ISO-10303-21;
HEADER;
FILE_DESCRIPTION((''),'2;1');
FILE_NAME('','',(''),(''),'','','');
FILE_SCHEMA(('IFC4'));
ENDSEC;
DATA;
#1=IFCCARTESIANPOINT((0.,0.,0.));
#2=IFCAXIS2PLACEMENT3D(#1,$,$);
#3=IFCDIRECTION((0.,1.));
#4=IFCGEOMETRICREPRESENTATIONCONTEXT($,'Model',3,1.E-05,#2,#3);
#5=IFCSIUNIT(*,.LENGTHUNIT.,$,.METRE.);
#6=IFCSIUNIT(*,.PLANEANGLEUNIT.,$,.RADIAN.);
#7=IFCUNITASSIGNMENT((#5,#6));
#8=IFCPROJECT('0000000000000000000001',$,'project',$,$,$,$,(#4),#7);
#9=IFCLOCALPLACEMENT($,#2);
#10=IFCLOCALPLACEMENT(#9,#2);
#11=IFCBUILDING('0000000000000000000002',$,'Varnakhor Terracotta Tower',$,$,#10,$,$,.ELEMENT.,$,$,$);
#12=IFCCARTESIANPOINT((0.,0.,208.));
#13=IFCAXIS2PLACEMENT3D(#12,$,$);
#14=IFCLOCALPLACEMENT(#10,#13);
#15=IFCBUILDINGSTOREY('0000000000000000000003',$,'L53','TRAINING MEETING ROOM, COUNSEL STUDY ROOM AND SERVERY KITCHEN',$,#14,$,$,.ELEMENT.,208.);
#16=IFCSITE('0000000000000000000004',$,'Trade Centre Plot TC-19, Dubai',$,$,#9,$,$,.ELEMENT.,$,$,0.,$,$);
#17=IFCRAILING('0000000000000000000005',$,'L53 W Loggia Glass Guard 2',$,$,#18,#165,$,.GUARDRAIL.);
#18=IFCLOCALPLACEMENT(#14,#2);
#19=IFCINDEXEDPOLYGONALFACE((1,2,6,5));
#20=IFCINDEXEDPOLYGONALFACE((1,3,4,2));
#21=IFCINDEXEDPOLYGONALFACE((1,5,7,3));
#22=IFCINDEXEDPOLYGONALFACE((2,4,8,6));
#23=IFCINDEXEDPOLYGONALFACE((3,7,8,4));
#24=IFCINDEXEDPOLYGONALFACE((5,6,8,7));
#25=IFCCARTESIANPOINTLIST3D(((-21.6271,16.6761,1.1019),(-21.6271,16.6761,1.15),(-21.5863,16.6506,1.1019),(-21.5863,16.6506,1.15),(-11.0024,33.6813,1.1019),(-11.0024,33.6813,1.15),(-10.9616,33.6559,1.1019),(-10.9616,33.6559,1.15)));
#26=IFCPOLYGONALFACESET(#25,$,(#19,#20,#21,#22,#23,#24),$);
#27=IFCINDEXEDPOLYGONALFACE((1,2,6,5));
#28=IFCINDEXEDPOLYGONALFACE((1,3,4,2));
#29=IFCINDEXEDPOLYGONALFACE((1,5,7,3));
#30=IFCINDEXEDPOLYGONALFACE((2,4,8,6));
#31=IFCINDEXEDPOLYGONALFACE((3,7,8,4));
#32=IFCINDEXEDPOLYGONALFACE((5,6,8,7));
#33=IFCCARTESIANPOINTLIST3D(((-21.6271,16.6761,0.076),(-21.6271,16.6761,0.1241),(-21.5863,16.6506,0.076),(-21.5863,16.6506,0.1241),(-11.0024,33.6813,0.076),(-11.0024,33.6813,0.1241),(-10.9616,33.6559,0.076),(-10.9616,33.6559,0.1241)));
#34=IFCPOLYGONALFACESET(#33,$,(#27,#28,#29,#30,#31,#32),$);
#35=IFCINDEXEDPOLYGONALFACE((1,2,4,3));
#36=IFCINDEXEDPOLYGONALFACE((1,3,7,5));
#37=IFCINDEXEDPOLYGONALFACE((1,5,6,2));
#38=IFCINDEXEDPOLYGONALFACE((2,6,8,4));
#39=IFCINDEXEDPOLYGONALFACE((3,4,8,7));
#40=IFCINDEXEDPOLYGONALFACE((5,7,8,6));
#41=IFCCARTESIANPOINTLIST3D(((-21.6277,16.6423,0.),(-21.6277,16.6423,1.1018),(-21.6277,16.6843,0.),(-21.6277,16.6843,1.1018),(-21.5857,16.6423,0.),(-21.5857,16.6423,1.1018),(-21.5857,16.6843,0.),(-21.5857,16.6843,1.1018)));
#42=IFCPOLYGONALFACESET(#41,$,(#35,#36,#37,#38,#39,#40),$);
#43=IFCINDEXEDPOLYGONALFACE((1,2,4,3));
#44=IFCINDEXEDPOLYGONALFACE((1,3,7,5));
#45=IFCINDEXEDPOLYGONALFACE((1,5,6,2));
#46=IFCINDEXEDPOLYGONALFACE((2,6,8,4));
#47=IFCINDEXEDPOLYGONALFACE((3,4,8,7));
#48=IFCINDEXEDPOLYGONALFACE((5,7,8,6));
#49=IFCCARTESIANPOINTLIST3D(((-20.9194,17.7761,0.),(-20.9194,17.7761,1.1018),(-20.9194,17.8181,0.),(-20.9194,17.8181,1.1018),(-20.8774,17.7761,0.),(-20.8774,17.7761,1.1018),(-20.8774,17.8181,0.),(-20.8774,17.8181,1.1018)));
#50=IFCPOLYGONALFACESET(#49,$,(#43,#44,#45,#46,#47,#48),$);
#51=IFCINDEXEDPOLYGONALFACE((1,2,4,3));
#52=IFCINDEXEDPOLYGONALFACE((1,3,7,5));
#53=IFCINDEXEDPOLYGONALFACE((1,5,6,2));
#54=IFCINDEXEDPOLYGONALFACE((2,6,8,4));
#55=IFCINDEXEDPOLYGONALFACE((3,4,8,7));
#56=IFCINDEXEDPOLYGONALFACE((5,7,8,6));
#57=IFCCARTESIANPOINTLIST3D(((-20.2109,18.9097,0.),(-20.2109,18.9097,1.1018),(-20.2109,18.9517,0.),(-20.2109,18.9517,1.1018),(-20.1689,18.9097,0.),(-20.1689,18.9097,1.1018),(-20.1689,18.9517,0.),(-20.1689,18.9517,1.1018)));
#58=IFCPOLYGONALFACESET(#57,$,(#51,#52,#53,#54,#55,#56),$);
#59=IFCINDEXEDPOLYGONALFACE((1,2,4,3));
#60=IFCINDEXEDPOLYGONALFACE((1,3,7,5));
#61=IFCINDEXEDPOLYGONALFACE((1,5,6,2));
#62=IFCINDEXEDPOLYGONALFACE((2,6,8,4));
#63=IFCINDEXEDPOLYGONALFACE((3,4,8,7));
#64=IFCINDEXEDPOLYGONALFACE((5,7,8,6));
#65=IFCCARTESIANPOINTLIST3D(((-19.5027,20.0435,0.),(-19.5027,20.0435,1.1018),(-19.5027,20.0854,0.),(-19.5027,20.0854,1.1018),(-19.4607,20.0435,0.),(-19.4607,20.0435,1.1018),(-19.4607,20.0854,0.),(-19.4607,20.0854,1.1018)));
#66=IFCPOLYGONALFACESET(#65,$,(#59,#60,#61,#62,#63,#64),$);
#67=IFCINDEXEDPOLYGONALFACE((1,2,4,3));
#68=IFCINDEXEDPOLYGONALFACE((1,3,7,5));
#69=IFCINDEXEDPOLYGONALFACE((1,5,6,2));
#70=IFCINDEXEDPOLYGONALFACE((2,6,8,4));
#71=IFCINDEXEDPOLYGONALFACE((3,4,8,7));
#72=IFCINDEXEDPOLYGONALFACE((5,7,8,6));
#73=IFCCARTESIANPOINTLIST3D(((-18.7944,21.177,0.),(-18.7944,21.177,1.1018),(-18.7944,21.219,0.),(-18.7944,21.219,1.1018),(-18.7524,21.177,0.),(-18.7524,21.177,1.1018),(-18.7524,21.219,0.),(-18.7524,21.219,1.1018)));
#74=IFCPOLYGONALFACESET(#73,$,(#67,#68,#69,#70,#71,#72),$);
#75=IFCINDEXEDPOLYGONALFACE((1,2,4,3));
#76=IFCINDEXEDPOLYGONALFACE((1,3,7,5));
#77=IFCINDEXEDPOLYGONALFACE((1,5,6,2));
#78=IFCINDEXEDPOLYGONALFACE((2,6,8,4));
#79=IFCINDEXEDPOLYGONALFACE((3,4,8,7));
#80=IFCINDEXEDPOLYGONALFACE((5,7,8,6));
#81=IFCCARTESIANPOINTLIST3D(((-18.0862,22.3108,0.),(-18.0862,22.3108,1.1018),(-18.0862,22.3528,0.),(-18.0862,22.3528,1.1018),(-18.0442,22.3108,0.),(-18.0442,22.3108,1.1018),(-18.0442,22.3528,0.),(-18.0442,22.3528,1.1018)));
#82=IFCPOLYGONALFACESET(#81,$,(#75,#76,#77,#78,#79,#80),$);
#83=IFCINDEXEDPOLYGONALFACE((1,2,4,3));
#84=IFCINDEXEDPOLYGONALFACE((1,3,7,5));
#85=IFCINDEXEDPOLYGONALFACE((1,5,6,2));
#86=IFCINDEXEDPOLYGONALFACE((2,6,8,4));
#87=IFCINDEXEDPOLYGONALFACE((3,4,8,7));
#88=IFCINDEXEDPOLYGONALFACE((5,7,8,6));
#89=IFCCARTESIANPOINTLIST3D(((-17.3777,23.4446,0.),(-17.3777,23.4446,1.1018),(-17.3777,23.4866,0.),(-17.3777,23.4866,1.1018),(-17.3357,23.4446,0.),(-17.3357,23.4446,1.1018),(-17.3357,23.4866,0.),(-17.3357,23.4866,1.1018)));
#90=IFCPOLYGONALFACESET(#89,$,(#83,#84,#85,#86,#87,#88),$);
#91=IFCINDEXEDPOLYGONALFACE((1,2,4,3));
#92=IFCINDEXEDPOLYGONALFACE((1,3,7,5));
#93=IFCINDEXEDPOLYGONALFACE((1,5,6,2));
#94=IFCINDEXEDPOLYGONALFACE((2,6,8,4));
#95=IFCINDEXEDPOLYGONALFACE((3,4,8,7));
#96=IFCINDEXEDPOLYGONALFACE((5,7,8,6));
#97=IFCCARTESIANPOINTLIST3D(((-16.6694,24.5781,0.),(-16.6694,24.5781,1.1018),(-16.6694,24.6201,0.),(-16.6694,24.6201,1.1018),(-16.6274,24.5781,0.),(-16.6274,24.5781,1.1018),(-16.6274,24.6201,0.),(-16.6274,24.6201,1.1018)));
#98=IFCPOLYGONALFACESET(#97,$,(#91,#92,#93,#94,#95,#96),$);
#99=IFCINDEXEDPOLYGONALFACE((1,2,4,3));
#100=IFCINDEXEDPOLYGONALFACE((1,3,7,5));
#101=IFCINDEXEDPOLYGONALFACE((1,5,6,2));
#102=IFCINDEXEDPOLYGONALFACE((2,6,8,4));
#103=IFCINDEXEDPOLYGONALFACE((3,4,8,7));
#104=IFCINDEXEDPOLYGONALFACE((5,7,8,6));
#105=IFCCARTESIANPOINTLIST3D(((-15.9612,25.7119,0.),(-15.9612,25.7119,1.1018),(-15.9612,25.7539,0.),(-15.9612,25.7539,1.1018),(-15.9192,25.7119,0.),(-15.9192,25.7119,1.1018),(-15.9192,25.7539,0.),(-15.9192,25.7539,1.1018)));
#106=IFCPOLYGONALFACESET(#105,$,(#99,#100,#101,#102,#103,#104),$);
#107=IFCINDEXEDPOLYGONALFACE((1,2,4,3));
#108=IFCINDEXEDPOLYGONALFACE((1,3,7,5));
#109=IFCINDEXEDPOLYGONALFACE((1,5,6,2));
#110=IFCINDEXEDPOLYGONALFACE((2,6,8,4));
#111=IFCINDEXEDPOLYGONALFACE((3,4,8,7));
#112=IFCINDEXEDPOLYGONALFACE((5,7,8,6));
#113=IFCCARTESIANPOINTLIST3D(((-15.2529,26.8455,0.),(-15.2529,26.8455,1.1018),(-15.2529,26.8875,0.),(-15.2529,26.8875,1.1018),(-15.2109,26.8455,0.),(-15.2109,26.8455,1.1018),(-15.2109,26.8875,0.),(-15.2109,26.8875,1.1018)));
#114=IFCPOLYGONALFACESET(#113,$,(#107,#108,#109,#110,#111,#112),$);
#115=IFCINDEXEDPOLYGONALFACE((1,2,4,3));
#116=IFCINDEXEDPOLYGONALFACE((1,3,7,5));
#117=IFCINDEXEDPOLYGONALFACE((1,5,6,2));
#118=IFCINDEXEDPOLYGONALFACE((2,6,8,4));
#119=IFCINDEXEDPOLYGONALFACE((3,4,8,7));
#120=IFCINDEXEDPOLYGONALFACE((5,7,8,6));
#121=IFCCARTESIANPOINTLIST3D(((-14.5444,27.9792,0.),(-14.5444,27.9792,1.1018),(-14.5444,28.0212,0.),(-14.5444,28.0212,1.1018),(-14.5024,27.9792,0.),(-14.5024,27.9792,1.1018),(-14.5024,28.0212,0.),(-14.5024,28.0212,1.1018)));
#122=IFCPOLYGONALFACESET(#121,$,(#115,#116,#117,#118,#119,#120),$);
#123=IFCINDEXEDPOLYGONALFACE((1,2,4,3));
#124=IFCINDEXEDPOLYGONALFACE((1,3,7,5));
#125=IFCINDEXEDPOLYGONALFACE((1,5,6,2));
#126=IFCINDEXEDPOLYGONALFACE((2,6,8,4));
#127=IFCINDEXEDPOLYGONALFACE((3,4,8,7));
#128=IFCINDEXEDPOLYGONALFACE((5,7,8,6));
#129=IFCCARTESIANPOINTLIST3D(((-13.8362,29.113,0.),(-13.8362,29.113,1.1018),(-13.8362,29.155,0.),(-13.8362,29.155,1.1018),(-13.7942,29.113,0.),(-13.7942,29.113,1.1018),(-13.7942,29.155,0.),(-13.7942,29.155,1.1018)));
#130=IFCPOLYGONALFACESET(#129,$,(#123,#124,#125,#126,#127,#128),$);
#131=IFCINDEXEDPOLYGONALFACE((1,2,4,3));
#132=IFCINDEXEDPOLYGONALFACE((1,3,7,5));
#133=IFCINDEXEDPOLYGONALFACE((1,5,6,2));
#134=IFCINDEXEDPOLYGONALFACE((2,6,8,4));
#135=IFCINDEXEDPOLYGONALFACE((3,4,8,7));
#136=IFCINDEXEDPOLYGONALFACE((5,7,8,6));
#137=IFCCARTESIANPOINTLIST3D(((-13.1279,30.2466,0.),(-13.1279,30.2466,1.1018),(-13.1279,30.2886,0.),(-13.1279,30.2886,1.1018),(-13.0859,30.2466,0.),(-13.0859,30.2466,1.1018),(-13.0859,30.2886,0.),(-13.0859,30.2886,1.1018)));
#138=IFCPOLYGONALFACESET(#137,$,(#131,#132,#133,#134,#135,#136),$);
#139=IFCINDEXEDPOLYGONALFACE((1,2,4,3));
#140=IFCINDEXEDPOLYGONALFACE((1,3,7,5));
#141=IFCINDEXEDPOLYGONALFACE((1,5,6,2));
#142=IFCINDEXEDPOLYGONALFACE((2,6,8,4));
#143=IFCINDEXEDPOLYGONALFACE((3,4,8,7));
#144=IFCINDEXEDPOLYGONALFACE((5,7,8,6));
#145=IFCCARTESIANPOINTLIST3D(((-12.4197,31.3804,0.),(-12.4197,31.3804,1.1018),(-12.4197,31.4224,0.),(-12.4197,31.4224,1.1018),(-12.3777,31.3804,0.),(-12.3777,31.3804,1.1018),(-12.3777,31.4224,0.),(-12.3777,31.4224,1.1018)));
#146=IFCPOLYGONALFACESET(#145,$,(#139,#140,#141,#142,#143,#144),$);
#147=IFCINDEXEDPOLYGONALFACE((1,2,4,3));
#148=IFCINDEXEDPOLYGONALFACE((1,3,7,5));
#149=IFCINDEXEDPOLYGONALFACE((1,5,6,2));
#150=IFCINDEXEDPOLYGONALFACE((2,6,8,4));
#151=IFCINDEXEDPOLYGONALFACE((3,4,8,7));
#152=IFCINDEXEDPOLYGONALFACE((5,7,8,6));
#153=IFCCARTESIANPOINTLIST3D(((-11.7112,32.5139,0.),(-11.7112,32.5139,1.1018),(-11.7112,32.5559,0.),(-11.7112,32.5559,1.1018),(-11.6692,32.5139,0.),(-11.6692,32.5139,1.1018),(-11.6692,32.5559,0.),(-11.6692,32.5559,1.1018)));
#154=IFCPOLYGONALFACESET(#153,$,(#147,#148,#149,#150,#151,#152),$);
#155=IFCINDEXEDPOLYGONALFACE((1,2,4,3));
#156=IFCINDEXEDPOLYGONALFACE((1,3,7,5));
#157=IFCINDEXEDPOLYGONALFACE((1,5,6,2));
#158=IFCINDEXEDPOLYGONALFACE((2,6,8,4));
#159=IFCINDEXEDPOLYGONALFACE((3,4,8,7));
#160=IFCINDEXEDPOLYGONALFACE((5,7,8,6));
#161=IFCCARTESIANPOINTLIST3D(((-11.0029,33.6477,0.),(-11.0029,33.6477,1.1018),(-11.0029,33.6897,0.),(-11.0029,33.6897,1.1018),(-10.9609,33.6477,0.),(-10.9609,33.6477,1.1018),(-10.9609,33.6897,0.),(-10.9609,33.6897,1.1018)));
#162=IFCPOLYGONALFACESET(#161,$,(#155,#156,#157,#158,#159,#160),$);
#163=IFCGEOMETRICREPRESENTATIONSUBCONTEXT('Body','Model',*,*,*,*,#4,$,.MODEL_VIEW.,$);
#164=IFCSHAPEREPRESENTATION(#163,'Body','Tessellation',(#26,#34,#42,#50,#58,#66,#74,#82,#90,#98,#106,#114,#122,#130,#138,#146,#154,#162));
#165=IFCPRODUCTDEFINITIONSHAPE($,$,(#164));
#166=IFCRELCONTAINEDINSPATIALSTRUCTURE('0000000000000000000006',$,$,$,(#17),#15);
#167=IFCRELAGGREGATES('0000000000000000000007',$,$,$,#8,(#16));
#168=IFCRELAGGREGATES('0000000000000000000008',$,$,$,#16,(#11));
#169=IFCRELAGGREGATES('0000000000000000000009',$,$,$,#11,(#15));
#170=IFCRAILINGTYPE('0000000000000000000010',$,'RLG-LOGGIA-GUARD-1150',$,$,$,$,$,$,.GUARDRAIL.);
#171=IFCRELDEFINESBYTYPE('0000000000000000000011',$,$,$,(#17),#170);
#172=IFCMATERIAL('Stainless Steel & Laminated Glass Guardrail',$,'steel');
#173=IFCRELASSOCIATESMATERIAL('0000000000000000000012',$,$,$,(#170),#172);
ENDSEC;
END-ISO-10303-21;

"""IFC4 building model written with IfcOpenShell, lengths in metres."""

from ifc_helpers import new_model, si_unit, direction, frame, origin, origin_2d, place, context, subcontext, project, spatial, rectangle, extrude, material, type_object, element, save


model = new_model("IFC4")

# Units and contexts
model_context = context("Model", 3, precision=1e-05, world=origin(), true_north=direction((0.0, 1.0)))
body_context = subcontext(model_context, "Body", "Model", "MODEL_VIEW")
ifc_project = project(units=[si_unit("LENGTHUNIT", "METRE"), si_unit("PLANEANGLEUNIT", "RADIAN")], contexts=[model_context])

# Site, building, storey
site_placement = place(None, origin())
site = spatial("IfcSite", under=ifc_project, at=site_placement, Name="Trade Centre Plot TC-19, Dubai", CompositionType="ELEMENT", RefElevation=0.0)
building_placement = place(site_placement, origin())
building = spatial("IfcBuilding", under=site, at=building_placement, Name="Varnakhor Terracotta Tower", CompositionType="ELEMENT")
storey_placement = place(building_placement, frame((0.0, 0.0, 208.0)))
storey = spatial("IfcBuildingStorey", under=building, at=storey_placement, Name="L53", Description="TRAINING MEETING ROOM, COUNSEL STUDY ROOM AND SERVERY KITCHEN", CompositionType="ELEMENT", Elevation=208.0)

# Railing
ifc_material_1 = material(Name="Stainless Steel & Laminated Glass Guardrail", Category="steel")
railing_type = type_object("IfcRailingType", Name="RLG-LOGGIA-GUARD-1150", PredefinedType="GUARDRAIL", material=ifc_material_1)
railing_1_placement = place(storey_placement, frame((-21.6067, 16.6633, 0.0)))
element("IfcRailing", 1, at=railing_1_placement, inside=storey, type_object=railing_type, Name="L53 W Loggia Glass Guard 2", PredefinedType="GUARDRAIL", context=body_context, shape_type="SweptSolid", body=[
    extrude(rectangle(XDim=0.0481, YDim=0.0481, at=origin_2d()), frame((0.0, 0.0, 1.126), z_axis=(0.52987, 0.848079, 0.0), x_axis=(-0.848079, 0.52987, 0.0)), (0.0, 0.0, 1.0), 20.0515),
    extrude(rectangle(XDim=0.0481, YDim=0.0481, at=origin_2d()), frame((0.0, 0.0, 0.1001), z_axis=(0.52987, 0.848079, 0.0), x_axis=(-0.848079, 0.52987, 0.0)), (0.0, 0.0, 1.0), 20.0515),
    extrude(rectangle(XDim=0.042, YDim=0.042, at=origin_2d()), origin(), (0.0, 0.0, 1.0), 1.1018),
    extrude(rectangle(XDim=0.042, YDim=0.042, at=origin_2d()), frame((0.7083, 1.1338, 0.0)), (0.0, 0.0, 1.0), 1.1018),
    extrude(rectangle(XDim=0.042, YDim=0.042, at=origin_2d()), frame((1.4167, 2.2673, 0.0)), (0.0, 0.0, 1.0), 1.1018),
    extrude(rectangle(XDim=0.042, YDim=0.042, at=origin_2d()), frame((2.125, 3.4011, 0.0)), (0.0, 0.0, 1.0), 1.1018),
    extrude(rectangle(XDim=0.042, YDim=0.042, at=origin_2d()), frame((2.8333, 4.5347, 0.0)), (0.0, 0.0, 1.0), 1.1018),
    extrude(rectangle(XDim=0.042, YDim=0.042, at=origin_2d()), frame((3.5415, 5.6685, 0.0)), (0.0, 0.0, 1.0), 1.1018),
    extrude(rectangle(XDim=0.042, YDim=0.042, at=origin_2d()), frame((4.25, 6.8022, 0.0)), (0.0, 0.0, 1.0), 1.1018),
    extrude(rectangle(XDim=0.042, YDim=0.042, at=origin_2d()), frame((4.9583, 7.9358, 0.0)), (0.0, 0.0, 1.0), 1.1018),
    extrude(rectangle(XDim=0.042, YDim=0.042, at=origin_2d()), frame((5.6665, 9.0696, 0.0)), (0.0, 0.0, 1.0), 1.1018),
    extrude(rectangle(XDim=0.042, YDim=0.042, at=origin_2d()), frame((6.3748, 10.2031, 0.0)), (0.0, 0.0, 1.0), 1.1018),
    extrude(rectangle(XDim=0.042, YDim=0.042, at=origin_2d()), frame((7.0833, 11.3369, 0.0)), (0.0, 0.0, 1.0), 1.1018),
    extrude(rectangle(XDim=0.042, YDim=0.042, at=origin_2d()), frame((7.7915, 12.4707, 0.0)), (0.0, 0.0, 1.0), 1.1018),
    extrude(rectangle(XDim=0.042, YDim=0.042, at=origin_2d()), frame((8.4998, 13.6042, 0.0)), (0.0, 0.0, 1.0), 1.1018),
    extrude(rectangle(XDim=0.042, YDim=0.042, at=origin_2d()), frame((9.208, 14.738, 0.0)), (0.0, 0.0, 1.0), 1.1018),
    extrude(rectangle(XDim=0.042, YDim=0.042, at=origin_2d()), frame((9.9165, 15.8716, 0.0)), (0.0, 0.0, 1.0), 1.1018),
    extrude(rectangle(XDim=0.042, YDim=0.042, at=origin_2d()), frame((10.6248, 17.0054, 0.0)), (0.0, 0.0, 1.0), 1.1018),
])

save(model, "model.ifc")
